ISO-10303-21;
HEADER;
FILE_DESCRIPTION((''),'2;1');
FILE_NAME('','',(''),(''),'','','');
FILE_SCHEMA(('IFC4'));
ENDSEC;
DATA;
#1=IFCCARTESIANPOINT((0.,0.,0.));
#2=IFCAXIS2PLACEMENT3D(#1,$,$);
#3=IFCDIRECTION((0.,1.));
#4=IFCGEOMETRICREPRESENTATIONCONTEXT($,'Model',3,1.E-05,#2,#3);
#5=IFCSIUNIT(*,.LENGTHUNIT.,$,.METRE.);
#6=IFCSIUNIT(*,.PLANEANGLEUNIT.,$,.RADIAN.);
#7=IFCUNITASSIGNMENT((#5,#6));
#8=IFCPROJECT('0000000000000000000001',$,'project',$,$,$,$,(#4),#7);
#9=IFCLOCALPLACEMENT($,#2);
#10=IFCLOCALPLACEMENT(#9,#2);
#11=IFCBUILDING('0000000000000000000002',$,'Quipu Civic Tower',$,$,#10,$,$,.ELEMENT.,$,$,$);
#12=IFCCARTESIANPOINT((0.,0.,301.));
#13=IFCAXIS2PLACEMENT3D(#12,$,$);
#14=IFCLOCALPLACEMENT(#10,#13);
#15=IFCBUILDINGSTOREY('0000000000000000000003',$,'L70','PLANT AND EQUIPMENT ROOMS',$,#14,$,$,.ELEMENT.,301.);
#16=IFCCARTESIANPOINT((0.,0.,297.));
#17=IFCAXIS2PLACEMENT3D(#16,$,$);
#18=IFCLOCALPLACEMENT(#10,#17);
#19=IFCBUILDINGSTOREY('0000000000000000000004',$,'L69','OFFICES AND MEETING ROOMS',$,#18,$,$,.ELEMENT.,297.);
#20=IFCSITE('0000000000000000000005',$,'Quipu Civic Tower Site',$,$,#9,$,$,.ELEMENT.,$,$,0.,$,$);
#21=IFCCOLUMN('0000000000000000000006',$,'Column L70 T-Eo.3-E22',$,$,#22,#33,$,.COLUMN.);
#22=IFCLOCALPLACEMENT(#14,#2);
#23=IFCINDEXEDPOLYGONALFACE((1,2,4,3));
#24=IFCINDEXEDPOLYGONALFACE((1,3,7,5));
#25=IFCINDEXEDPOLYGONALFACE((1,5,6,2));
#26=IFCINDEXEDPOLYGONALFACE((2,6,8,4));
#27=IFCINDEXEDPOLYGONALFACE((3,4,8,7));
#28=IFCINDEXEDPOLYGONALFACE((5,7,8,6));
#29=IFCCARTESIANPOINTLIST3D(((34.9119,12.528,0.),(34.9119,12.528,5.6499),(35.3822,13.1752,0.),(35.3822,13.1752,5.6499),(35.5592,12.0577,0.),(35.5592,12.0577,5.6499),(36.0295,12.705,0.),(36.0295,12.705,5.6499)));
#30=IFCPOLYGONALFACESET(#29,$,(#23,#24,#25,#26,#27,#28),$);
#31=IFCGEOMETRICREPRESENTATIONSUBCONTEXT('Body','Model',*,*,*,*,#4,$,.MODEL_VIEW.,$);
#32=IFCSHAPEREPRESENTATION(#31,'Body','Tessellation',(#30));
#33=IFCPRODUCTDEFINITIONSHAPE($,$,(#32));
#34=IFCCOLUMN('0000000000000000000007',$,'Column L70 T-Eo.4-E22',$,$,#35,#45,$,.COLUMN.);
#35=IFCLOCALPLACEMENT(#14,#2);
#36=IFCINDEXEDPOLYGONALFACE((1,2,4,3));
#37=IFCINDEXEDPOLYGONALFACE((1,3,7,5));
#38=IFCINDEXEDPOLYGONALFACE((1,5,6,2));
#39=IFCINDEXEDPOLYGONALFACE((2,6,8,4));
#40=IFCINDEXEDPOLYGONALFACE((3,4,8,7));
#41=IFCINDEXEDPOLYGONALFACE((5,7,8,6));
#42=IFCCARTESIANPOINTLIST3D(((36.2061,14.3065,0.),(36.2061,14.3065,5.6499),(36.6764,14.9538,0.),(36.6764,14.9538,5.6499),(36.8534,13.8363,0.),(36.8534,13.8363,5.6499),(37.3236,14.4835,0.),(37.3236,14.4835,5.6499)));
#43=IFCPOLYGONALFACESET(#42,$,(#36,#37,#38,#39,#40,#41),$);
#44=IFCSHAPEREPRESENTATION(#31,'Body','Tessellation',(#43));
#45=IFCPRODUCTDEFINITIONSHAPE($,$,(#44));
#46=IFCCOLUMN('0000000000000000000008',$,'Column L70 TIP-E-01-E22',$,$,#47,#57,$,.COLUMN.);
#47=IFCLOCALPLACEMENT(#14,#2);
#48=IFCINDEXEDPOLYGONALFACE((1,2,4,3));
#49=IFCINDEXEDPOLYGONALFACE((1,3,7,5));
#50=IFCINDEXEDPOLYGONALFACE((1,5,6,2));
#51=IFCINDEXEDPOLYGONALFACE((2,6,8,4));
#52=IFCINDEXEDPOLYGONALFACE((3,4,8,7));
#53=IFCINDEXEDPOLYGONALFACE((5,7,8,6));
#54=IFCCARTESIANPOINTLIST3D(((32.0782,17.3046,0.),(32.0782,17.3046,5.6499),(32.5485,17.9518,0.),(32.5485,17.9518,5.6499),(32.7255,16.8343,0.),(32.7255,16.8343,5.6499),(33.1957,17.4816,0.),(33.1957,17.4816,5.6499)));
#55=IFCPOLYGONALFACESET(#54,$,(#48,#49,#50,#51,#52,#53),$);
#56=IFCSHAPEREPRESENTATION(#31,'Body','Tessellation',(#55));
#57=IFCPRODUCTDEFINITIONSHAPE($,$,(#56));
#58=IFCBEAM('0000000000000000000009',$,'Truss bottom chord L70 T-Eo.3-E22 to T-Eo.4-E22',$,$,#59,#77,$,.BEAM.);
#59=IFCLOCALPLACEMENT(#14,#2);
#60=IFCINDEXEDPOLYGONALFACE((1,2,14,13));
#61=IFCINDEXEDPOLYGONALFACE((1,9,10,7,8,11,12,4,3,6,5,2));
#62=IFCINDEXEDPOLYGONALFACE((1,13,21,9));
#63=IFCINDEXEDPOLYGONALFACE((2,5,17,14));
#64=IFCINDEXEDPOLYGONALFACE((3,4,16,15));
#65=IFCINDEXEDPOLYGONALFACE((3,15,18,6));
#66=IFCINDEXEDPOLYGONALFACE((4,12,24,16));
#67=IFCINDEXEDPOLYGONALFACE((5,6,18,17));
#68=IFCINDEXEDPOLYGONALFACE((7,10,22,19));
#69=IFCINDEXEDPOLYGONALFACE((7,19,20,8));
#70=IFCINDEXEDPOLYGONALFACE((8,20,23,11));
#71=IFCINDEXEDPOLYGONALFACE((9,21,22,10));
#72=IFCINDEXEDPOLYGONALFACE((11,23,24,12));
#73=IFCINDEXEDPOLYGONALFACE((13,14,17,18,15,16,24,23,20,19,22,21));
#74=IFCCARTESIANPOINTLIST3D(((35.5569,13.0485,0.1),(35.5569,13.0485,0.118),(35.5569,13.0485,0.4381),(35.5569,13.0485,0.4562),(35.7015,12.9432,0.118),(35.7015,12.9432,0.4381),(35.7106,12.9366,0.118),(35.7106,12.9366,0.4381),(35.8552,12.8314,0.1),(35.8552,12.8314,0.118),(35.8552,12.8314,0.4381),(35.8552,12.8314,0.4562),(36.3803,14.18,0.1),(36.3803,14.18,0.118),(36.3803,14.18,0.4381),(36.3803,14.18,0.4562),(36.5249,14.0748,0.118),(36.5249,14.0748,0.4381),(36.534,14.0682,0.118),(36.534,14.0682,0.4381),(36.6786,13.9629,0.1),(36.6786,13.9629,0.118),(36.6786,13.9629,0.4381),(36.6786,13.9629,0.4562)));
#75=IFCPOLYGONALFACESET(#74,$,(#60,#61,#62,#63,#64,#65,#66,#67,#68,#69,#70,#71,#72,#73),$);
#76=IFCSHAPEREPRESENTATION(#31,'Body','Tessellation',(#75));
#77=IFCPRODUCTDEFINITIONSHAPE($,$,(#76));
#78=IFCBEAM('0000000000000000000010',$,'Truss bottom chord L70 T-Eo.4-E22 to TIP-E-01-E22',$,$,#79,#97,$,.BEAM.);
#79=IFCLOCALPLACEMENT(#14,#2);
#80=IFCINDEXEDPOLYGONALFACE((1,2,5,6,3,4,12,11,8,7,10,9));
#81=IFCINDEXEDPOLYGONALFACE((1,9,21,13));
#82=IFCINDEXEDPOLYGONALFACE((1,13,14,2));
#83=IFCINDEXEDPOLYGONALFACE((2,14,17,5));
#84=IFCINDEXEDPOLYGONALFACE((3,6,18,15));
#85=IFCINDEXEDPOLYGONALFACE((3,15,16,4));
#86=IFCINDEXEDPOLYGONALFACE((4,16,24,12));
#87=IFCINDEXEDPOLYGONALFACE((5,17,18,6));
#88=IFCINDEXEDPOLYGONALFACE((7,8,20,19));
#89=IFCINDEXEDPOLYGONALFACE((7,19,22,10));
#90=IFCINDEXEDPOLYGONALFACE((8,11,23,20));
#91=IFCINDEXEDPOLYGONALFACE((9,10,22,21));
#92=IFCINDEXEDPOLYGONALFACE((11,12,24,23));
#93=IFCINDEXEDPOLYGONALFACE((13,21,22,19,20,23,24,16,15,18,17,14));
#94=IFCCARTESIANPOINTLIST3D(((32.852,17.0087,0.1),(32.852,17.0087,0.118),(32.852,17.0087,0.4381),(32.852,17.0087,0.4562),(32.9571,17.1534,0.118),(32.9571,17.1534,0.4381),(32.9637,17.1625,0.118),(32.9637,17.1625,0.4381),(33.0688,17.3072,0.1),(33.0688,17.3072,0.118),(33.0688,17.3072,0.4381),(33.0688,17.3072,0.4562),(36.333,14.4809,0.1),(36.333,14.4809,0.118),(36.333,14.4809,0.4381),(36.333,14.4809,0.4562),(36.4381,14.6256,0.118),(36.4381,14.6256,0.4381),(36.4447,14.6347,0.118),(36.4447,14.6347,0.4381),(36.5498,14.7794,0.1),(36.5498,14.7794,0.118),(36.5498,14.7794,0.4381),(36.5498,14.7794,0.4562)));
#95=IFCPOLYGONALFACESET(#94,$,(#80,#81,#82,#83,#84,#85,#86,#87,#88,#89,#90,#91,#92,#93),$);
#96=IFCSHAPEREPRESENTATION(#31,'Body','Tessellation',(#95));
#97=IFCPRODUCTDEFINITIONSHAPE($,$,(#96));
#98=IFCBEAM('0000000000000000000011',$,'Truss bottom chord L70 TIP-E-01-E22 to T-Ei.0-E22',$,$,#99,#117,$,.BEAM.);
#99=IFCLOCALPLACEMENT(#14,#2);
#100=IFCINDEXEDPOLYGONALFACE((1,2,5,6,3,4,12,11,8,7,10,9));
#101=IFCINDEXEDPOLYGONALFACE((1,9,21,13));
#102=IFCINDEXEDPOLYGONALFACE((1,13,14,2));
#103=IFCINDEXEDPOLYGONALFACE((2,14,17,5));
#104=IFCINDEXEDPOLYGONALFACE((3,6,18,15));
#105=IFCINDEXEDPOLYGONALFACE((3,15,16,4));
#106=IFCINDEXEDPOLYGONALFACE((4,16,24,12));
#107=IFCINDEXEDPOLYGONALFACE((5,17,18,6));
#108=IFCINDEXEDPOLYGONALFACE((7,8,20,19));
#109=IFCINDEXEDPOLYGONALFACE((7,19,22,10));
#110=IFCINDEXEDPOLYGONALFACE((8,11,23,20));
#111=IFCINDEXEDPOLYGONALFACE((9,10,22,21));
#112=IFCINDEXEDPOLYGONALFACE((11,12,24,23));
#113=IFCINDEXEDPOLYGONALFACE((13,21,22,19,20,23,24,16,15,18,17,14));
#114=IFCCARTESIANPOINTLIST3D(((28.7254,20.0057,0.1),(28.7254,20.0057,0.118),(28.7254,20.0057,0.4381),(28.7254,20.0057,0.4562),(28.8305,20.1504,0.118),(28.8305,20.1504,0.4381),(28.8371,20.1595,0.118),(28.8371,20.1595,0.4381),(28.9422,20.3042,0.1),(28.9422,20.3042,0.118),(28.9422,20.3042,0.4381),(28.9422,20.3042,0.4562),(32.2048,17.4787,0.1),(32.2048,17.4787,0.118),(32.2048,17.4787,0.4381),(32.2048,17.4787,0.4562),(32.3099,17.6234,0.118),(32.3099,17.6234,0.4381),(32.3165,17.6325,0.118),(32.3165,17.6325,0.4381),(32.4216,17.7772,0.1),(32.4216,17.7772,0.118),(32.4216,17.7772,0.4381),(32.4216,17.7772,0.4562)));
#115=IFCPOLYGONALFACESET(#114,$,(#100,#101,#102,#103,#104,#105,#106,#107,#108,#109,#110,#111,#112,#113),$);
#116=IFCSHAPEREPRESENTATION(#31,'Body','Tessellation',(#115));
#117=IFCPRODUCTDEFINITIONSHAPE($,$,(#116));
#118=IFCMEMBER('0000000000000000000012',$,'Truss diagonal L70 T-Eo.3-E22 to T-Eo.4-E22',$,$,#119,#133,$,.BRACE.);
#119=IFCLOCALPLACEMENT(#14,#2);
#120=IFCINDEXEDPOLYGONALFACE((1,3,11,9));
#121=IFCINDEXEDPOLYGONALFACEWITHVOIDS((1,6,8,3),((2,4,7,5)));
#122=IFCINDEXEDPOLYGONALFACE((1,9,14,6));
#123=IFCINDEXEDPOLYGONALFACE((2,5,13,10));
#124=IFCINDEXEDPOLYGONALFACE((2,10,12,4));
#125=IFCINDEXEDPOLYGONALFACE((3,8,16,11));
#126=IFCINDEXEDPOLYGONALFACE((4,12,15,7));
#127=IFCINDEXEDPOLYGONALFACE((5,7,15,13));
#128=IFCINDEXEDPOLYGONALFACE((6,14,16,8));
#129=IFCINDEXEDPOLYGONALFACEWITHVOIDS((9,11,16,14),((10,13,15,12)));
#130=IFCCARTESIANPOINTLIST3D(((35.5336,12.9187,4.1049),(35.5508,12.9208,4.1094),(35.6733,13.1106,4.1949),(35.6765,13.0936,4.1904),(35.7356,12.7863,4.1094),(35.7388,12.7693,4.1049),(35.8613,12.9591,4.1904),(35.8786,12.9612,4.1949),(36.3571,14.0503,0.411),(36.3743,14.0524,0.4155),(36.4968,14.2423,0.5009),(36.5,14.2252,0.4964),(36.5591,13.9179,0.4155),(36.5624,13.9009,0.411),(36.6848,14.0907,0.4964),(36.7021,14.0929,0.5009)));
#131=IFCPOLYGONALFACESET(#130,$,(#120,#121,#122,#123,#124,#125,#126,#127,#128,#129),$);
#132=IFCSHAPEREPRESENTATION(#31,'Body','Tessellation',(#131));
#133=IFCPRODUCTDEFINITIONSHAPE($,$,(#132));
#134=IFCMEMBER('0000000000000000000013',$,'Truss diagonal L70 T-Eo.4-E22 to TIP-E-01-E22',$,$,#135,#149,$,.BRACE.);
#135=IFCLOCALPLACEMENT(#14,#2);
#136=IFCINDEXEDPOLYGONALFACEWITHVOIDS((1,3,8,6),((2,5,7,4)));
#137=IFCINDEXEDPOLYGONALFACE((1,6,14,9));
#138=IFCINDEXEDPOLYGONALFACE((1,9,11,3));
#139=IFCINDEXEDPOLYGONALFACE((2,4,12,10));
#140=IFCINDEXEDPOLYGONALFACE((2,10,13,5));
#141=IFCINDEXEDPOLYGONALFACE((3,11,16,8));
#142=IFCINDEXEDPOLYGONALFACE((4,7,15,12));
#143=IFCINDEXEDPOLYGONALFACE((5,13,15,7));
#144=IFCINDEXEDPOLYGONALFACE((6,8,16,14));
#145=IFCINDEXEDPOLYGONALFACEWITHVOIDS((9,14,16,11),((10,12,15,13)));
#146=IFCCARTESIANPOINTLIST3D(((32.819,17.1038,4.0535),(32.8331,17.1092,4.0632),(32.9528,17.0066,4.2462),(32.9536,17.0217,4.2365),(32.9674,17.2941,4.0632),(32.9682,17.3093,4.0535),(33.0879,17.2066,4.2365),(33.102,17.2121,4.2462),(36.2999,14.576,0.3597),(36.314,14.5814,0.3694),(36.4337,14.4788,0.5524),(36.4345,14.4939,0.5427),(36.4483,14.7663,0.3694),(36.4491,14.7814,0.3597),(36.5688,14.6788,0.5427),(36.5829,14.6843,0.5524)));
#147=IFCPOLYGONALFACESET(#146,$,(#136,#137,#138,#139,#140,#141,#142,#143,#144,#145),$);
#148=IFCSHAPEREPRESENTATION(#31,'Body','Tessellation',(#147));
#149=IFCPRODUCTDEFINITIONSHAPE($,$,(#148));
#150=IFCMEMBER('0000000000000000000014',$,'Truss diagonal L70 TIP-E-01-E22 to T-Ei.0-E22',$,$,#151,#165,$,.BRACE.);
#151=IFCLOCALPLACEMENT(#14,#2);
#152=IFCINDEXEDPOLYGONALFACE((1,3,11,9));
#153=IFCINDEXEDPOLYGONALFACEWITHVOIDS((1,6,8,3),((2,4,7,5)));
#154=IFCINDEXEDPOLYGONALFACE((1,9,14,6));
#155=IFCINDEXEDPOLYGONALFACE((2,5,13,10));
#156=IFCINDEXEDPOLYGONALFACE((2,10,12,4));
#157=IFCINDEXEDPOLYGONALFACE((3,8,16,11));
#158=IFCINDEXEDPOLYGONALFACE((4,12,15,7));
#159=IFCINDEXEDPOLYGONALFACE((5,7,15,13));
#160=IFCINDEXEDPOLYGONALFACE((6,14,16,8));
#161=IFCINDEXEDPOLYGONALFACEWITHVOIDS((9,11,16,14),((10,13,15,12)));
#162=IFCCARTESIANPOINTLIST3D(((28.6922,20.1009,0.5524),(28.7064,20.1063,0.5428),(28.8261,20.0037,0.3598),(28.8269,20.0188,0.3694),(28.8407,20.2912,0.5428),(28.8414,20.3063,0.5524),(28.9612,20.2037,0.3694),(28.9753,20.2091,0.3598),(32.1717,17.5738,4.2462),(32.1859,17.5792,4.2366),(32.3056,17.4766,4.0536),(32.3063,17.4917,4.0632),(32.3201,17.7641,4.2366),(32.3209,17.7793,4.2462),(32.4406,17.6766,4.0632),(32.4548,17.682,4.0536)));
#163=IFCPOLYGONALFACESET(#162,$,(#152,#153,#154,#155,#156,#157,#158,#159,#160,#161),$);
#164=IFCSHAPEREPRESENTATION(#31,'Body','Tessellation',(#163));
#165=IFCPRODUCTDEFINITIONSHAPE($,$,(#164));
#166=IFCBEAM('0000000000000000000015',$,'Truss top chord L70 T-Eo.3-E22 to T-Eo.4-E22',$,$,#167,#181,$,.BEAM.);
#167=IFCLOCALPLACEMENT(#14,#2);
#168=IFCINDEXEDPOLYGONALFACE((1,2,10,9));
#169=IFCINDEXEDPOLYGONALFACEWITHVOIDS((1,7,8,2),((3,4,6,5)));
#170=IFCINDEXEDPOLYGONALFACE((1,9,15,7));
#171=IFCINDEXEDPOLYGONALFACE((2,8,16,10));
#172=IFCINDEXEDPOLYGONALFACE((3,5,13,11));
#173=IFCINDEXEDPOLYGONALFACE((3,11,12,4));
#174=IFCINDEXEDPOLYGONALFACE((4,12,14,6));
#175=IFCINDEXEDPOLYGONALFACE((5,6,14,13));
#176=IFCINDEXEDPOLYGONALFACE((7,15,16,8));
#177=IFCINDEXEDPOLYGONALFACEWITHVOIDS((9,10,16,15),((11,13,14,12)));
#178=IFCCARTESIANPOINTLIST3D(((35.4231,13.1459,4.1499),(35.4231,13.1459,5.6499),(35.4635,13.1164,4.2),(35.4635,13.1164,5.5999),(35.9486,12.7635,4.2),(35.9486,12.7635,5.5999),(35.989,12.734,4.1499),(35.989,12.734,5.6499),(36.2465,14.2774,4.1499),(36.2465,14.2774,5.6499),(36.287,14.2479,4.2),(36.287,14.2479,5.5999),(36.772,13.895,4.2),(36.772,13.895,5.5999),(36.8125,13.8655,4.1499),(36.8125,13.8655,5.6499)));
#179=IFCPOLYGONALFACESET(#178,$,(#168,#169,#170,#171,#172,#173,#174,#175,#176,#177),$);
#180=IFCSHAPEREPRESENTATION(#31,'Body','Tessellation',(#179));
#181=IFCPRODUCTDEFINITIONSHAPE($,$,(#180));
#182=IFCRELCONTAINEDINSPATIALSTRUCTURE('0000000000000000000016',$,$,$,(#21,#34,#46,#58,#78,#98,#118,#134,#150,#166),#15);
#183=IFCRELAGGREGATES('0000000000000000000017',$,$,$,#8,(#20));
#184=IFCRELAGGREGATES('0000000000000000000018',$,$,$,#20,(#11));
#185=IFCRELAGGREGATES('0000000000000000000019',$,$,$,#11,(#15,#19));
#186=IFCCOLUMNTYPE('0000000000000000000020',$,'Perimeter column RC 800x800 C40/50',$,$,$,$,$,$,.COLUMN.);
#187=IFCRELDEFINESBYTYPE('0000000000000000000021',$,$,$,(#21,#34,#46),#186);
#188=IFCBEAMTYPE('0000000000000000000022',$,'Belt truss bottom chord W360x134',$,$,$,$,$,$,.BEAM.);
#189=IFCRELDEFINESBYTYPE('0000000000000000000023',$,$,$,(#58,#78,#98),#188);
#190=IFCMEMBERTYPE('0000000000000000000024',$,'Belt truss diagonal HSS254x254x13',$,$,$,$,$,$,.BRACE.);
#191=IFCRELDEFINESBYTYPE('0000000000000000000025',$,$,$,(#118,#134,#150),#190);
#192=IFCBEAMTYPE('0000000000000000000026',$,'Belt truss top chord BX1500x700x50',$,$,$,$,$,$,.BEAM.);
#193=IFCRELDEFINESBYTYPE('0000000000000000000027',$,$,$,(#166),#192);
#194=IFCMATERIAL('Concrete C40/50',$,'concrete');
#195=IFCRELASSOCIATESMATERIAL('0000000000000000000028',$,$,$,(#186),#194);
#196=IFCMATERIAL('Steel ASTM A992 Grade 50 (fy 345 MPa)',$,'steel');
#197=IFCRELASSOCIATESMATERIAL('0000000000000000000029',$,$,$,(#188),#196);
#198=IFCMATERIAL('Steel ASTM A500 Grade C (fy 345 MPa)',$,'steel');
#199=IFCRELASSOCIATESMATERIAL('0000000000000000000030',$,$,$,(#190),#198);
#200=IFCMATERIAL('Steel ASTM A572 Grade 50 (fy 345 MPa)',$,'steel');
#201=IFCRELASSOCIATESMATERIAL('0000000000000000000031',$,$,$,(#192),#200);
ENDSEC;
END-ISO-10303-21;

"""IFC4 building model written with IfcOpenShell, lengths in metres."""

from ifc_helpers import new_model, si_unit, direction, frame, origin, origin_2d, place, context, subcontext, project, spatial, rectangle, hollow_rectangle, i_section, extrude, material, material_profile, profile_set, type_object, element, save


model = new_model("IFC4")

# Units and contexts
model_context = context("Model", 3, precision=1e-05, world=origin(), true_north=direction((0.0, 1.0)))
body_context = subcontext(model_context, "Body", "Model", "MODEL_VIEW")
ifc_project = project(units=[si_unit("LENGTHUNIT", "METRE"), si_unit("PLANEANGLEUNIT", "RADIAN")], contexts=[model_context])

# Site, building, storey
site_placement = place(None, origin())
site = spatial("IfcSite", under=ifc_project, at=site_placement, Name="Quipu Civic Tower Site", CompositionType="ELEMENT", RefElevation=0.0)
building_placement = place(site_placement, origin())
building = spatial("IfcBuilding", under=site, at=building_placement, Name="Quipu Civic Tower", CompositionType="ELEMENT")
storey_1_placement = place(building_placement, frame((0.0, 0.0, 301.0)))
storey_1 = spatial("IfcBuildingStorey", under=building, at=storey_1_placement, Name="L70", Description="PLANT AND EQUIPMENT ROOMS", CompositionType="ELEMENT", Elevation=301.0)

# Columns
ifc_material_1 = material(Name="Concrete C40/50", Category="concrete")
ifc_material_profile_1 = material_profile(ifc_material_1, rectangle(XDim=0.8, YDim=0.8, at=origin_2d()), Name="RC800x800")
ifc_profile_set_1 = profile_set([ifc_material_profile_1], Name="Concrete C40/50")
column_type = type_object("IfcColumnType", Name="Perimeter column RC 800x800 C40/50", PredefinedType="COLUMN", material=ifc_profile_set_1)
for number, where, z_axis, x_axis, name in (
    (1, (35.4707, 12.6165, 0.0), (0.0, 0.0, 1.0), (-0.809017, 0.587785, 0.0), "Column L70 T-Eo.3-E22"),
    (2, (36.7649, 14.395, 0.0), (0.0, 0.0, 1.0), (-0.809017, 0.587785, 0.0), "Column L70 T-Eo.4-E22"),
    (3, (32.637, 17.3931, 0.0), (0.0, 0.0, 1.0), (-0.809017, 0.587785, 0.0), "Column L70 TIP-E-01-E22"),
):
    element("IfcColumn", number, at=place(storey_1_placement, frame(where, z_axis=z_axis, x_axis=x_axis)), inside=storey_1, type_object=column_type, Name=name, PredefinedType="COLUMN", context=body_context, shape_type="SweptSolid", body=[
        extrude(rectangle(XDim=0.8, YDim=0.8, at=origin_2d()), origin(), (0.0, 0.0, 1.0), 5.6499),
    ])

# Beams
ifc_material_2 = material(Name="Steel ASTM A992 Grade 50 (fy 345 MPa)", Category="steel")
ifc_material_profile_2 = material_profile(ifc_material_2, i_section(OverallWidth=0.3689, OverallDepth=0.3562, WebThickness=0.0112, FlangeThickness=0.0181, at=origin_2d()), Name="W360x134")
ifc_profile_set_2 = profile_set([ifc_material_profile_2], Name="Steel ASTM A992 Grade 50 (fy 345 MPa)")
beam_type_1 = type_object("IfcBeamType", Name="Belt truss bottom chord W360x134", PredefinedType="BEAM", material=ifc_profile_set_2)
beam_1_placement = place(storey_1_placement, frame((35.7061, 12.9399, 0.2781), z_axis=(0.58841, 0.808563, 0.0), x_axis=(-0.808563, 0.58841, 0.0)))
element("IfcBeam", 4, at=beam_1_placement, inside=storey_1, type_object=beam_type_1, Name="Truss bottom chord L70 T-Eo.3-E22 to T-Eo.4-E22", PredefinedType="BEAM", context=body_context, shape_type="SweptSolid", body=[
    extrude(i_section(OverallWidth=0.3689, OverallDepth=0.3562, WebThickness=0.0112, FlangeThickness=0.0181, at=origin_2d()), origin(), (0.0, 0.0, 1.0), 1.3994),
])
beam_2_placement = place(storey_1_placement, frame((36.4414, 14.6301, 0.2781), z_axis=(-0.809153, 0.587598, 0.0), x_axis=(-0.587598, -0.809153, 0.0)))
element("IfcBeam", 5, at=beam_2_placement, inside=storey_1, type_object=beam_type_1, Name="Truss bottom chord L70 T-Eo.4-E22 to TIP-E-01-E22", PredefinedType="BEAM", context=body_context, shape_type="SweptSolid", body=[
    extrude(i_section(OverallWidth=0.3689, OverallDepth=0.3562, WebThickness=0.0112, FlangeThickness=0.0181, at=origin_2d()), origin(), (0.0, 0.0, 1.0), 4.302),
])
beam_3_placement = place(storey_1_placement, frame((32.3132, 17.6279, 0.2781), z_axis=(-0.809116, 0.587648, 0.0), x_axis=(-0.587648, -0.809116, 0.0)))
element("IfcBeam", 6, at=beam_3_placement, inside=storey_1, type_object=beam_type_1, Name="Truss bottom chord L70 TIP-E-01-E22 to T-Ei.0-E22", PredefinedType="BEAM", context=body_context, shape_type="SweptSolid", body=[
    extrude(i_section(OverallWidth=0.3689, OverallDepth=0.3562, WebThickness=0.0112, FlangeThickness=0.0181, at=origin_2d()), origin(), (0.0, 0.0, 1.0), 4.3003),
])

# Members
ifc_material_3 = material(Name="Steel ASTM A500 Grade C (fy 345 MPa)", Category="steel")
ifc_material_profile_3 = material_profile(ifc_material_3, hollow_rectangle(XDim=0.2539, YDim=0.2539, WallThickness=0.0127, at=origin_2d()), Name="HSS254x254x13")
ifc_profile_set_3 = profile_set([ifc_material_profile_3], Name="Steel ASTM A500 Grade C (fy 345 MPa)")
member_type_1 = type_object("IfcMemberType", Name="Belt truss diagonal HSS254x254x13", PredefinedType="BRACE", material=ifc_profile_set_3)
member_1_placement = place(storey_1_placement, frame((35.7061, 12.9399, 4.1499), z_axis=(0.208473, 0.286473, -0.935132), x_axis=(-0.808563, 0.58841, 0.0)))
element("IfcMember", 7, at=member_1_placement, inside=storey_1, type_object=member_type_1, Name="Truss diagonal L70 T-Eo.3-E22 to T-Eo.4-E22", PredefinedType="BRACE", context=body_context, shape_type="SweptSolid", body=[
    extrude(hollow_rectangle(XDim=0.2539, YDim=0.2539, WallThickness=0.0127, at=origin_2d()), origin(), (0.0, 0.0, 1.0), 3.9502),
])
member_2_placement = place(storey_1_placement, frame((36.4414, 14.6301, 0.4561), z_axis=(-0.613901, 0.445808, 0.651446), x_axis=(-0.587598, -0.809153, 0.0)))
element("IfcMember", 8, at=member_2_placement, inside=storey_1, type_object=member_type_1, Name="Truss diagonal L70 T-Eo.4-E22 to TIP-E-01-E22", PredefinedType="BRACE", context=body_context, shape_type="SweptSolid", body=[
    extrude(hollow_rectangle(XDim=0.2539, YDim=0.2539, WallThickness=0.0127, at=origin_2d()), origin(), (0.0, 0.0, 1.0), 5.6702),
])
member_3_placement = place(storey_1_placement, frame((32.3132, 17.6279, 4.1499), z_axis=(-0.613775, 0.445775, -0.651587), x_axis=(-0.587648, -0.809116, 0.0)))
element("IfcMember", 9, at=member_3_placement, inside=storey_1, type_object=member_type_1, Name="Truss diagonal L70 TIP-E-01-E22 to T-Ei.0-E22", PredefinedType="BRACE", context=body_context, shape_type="SweptSolid", body=[
    extrude(hollow_rectangle(XDim=0.2539, YDim=0.2539, WallThickness=0.0127, at=origin_2d()), origin(), (0.0, 0.0, 1.0), 5.6689),
])

# Beam
ifc_material_4 = material(Name="Steel ASTM A572 Grade 50 (fy 345 MPa)", Category="steel")
ifc_material_profile_4 = material_profile(ifc_material_4, hollow_rectangle(XDim=0.7, YDim=1.5, WallThickness=0.05, at=origin_2d()), Name="BX1500x700x50")
ifc_profile_set_4 = profile_set([ifc_material_profile_4], Name="Steel ASTM A572 Grade 50 (fy 345 MPa)")
beam_type_2 = type_object("IfcBeamType", Name="Belt truss top chord BX1500x700x50", PredefinedType="BEAM", material=ifc_profile_set_4)
beam_4_placement = place(storey_1_placement, frame((35.7061, 12.9399, 4.8999), z_axis=(0.58841, 0.808563, 0.0), x_axis=(-0.808563, 0.58841, 0.0)))
element("IfcBeam", 10, at=beam_4_placement, inside=storey_1, type_object=beam_type_2, Name="Truss top chord L70 T-Eo.3-E22 to T-Eo.4-E22", PredefinedType="BEAM", context=body_context, shape_type="SweptSolid", body=[
    extrude(hollow_rectangle(XDim=0.7, YDim=1.5, WallThickness=0.05, at=origin_2d()), origin(), (0.0, 0.0, 1.0), 1.3994),
])

# Shared definitions
storey_2_placement = place(building_placement, frame((0.0, 0.0, 297.0)))
storey_2 = spatial("IfcBuildingStorey", under=building, at=storey_2_placement, Name="L69", Description="OFFICES AND MEETING ROOMS", CompositionType="ELEMENT", Elevation=297.0)

save(model, "model.ifc")
